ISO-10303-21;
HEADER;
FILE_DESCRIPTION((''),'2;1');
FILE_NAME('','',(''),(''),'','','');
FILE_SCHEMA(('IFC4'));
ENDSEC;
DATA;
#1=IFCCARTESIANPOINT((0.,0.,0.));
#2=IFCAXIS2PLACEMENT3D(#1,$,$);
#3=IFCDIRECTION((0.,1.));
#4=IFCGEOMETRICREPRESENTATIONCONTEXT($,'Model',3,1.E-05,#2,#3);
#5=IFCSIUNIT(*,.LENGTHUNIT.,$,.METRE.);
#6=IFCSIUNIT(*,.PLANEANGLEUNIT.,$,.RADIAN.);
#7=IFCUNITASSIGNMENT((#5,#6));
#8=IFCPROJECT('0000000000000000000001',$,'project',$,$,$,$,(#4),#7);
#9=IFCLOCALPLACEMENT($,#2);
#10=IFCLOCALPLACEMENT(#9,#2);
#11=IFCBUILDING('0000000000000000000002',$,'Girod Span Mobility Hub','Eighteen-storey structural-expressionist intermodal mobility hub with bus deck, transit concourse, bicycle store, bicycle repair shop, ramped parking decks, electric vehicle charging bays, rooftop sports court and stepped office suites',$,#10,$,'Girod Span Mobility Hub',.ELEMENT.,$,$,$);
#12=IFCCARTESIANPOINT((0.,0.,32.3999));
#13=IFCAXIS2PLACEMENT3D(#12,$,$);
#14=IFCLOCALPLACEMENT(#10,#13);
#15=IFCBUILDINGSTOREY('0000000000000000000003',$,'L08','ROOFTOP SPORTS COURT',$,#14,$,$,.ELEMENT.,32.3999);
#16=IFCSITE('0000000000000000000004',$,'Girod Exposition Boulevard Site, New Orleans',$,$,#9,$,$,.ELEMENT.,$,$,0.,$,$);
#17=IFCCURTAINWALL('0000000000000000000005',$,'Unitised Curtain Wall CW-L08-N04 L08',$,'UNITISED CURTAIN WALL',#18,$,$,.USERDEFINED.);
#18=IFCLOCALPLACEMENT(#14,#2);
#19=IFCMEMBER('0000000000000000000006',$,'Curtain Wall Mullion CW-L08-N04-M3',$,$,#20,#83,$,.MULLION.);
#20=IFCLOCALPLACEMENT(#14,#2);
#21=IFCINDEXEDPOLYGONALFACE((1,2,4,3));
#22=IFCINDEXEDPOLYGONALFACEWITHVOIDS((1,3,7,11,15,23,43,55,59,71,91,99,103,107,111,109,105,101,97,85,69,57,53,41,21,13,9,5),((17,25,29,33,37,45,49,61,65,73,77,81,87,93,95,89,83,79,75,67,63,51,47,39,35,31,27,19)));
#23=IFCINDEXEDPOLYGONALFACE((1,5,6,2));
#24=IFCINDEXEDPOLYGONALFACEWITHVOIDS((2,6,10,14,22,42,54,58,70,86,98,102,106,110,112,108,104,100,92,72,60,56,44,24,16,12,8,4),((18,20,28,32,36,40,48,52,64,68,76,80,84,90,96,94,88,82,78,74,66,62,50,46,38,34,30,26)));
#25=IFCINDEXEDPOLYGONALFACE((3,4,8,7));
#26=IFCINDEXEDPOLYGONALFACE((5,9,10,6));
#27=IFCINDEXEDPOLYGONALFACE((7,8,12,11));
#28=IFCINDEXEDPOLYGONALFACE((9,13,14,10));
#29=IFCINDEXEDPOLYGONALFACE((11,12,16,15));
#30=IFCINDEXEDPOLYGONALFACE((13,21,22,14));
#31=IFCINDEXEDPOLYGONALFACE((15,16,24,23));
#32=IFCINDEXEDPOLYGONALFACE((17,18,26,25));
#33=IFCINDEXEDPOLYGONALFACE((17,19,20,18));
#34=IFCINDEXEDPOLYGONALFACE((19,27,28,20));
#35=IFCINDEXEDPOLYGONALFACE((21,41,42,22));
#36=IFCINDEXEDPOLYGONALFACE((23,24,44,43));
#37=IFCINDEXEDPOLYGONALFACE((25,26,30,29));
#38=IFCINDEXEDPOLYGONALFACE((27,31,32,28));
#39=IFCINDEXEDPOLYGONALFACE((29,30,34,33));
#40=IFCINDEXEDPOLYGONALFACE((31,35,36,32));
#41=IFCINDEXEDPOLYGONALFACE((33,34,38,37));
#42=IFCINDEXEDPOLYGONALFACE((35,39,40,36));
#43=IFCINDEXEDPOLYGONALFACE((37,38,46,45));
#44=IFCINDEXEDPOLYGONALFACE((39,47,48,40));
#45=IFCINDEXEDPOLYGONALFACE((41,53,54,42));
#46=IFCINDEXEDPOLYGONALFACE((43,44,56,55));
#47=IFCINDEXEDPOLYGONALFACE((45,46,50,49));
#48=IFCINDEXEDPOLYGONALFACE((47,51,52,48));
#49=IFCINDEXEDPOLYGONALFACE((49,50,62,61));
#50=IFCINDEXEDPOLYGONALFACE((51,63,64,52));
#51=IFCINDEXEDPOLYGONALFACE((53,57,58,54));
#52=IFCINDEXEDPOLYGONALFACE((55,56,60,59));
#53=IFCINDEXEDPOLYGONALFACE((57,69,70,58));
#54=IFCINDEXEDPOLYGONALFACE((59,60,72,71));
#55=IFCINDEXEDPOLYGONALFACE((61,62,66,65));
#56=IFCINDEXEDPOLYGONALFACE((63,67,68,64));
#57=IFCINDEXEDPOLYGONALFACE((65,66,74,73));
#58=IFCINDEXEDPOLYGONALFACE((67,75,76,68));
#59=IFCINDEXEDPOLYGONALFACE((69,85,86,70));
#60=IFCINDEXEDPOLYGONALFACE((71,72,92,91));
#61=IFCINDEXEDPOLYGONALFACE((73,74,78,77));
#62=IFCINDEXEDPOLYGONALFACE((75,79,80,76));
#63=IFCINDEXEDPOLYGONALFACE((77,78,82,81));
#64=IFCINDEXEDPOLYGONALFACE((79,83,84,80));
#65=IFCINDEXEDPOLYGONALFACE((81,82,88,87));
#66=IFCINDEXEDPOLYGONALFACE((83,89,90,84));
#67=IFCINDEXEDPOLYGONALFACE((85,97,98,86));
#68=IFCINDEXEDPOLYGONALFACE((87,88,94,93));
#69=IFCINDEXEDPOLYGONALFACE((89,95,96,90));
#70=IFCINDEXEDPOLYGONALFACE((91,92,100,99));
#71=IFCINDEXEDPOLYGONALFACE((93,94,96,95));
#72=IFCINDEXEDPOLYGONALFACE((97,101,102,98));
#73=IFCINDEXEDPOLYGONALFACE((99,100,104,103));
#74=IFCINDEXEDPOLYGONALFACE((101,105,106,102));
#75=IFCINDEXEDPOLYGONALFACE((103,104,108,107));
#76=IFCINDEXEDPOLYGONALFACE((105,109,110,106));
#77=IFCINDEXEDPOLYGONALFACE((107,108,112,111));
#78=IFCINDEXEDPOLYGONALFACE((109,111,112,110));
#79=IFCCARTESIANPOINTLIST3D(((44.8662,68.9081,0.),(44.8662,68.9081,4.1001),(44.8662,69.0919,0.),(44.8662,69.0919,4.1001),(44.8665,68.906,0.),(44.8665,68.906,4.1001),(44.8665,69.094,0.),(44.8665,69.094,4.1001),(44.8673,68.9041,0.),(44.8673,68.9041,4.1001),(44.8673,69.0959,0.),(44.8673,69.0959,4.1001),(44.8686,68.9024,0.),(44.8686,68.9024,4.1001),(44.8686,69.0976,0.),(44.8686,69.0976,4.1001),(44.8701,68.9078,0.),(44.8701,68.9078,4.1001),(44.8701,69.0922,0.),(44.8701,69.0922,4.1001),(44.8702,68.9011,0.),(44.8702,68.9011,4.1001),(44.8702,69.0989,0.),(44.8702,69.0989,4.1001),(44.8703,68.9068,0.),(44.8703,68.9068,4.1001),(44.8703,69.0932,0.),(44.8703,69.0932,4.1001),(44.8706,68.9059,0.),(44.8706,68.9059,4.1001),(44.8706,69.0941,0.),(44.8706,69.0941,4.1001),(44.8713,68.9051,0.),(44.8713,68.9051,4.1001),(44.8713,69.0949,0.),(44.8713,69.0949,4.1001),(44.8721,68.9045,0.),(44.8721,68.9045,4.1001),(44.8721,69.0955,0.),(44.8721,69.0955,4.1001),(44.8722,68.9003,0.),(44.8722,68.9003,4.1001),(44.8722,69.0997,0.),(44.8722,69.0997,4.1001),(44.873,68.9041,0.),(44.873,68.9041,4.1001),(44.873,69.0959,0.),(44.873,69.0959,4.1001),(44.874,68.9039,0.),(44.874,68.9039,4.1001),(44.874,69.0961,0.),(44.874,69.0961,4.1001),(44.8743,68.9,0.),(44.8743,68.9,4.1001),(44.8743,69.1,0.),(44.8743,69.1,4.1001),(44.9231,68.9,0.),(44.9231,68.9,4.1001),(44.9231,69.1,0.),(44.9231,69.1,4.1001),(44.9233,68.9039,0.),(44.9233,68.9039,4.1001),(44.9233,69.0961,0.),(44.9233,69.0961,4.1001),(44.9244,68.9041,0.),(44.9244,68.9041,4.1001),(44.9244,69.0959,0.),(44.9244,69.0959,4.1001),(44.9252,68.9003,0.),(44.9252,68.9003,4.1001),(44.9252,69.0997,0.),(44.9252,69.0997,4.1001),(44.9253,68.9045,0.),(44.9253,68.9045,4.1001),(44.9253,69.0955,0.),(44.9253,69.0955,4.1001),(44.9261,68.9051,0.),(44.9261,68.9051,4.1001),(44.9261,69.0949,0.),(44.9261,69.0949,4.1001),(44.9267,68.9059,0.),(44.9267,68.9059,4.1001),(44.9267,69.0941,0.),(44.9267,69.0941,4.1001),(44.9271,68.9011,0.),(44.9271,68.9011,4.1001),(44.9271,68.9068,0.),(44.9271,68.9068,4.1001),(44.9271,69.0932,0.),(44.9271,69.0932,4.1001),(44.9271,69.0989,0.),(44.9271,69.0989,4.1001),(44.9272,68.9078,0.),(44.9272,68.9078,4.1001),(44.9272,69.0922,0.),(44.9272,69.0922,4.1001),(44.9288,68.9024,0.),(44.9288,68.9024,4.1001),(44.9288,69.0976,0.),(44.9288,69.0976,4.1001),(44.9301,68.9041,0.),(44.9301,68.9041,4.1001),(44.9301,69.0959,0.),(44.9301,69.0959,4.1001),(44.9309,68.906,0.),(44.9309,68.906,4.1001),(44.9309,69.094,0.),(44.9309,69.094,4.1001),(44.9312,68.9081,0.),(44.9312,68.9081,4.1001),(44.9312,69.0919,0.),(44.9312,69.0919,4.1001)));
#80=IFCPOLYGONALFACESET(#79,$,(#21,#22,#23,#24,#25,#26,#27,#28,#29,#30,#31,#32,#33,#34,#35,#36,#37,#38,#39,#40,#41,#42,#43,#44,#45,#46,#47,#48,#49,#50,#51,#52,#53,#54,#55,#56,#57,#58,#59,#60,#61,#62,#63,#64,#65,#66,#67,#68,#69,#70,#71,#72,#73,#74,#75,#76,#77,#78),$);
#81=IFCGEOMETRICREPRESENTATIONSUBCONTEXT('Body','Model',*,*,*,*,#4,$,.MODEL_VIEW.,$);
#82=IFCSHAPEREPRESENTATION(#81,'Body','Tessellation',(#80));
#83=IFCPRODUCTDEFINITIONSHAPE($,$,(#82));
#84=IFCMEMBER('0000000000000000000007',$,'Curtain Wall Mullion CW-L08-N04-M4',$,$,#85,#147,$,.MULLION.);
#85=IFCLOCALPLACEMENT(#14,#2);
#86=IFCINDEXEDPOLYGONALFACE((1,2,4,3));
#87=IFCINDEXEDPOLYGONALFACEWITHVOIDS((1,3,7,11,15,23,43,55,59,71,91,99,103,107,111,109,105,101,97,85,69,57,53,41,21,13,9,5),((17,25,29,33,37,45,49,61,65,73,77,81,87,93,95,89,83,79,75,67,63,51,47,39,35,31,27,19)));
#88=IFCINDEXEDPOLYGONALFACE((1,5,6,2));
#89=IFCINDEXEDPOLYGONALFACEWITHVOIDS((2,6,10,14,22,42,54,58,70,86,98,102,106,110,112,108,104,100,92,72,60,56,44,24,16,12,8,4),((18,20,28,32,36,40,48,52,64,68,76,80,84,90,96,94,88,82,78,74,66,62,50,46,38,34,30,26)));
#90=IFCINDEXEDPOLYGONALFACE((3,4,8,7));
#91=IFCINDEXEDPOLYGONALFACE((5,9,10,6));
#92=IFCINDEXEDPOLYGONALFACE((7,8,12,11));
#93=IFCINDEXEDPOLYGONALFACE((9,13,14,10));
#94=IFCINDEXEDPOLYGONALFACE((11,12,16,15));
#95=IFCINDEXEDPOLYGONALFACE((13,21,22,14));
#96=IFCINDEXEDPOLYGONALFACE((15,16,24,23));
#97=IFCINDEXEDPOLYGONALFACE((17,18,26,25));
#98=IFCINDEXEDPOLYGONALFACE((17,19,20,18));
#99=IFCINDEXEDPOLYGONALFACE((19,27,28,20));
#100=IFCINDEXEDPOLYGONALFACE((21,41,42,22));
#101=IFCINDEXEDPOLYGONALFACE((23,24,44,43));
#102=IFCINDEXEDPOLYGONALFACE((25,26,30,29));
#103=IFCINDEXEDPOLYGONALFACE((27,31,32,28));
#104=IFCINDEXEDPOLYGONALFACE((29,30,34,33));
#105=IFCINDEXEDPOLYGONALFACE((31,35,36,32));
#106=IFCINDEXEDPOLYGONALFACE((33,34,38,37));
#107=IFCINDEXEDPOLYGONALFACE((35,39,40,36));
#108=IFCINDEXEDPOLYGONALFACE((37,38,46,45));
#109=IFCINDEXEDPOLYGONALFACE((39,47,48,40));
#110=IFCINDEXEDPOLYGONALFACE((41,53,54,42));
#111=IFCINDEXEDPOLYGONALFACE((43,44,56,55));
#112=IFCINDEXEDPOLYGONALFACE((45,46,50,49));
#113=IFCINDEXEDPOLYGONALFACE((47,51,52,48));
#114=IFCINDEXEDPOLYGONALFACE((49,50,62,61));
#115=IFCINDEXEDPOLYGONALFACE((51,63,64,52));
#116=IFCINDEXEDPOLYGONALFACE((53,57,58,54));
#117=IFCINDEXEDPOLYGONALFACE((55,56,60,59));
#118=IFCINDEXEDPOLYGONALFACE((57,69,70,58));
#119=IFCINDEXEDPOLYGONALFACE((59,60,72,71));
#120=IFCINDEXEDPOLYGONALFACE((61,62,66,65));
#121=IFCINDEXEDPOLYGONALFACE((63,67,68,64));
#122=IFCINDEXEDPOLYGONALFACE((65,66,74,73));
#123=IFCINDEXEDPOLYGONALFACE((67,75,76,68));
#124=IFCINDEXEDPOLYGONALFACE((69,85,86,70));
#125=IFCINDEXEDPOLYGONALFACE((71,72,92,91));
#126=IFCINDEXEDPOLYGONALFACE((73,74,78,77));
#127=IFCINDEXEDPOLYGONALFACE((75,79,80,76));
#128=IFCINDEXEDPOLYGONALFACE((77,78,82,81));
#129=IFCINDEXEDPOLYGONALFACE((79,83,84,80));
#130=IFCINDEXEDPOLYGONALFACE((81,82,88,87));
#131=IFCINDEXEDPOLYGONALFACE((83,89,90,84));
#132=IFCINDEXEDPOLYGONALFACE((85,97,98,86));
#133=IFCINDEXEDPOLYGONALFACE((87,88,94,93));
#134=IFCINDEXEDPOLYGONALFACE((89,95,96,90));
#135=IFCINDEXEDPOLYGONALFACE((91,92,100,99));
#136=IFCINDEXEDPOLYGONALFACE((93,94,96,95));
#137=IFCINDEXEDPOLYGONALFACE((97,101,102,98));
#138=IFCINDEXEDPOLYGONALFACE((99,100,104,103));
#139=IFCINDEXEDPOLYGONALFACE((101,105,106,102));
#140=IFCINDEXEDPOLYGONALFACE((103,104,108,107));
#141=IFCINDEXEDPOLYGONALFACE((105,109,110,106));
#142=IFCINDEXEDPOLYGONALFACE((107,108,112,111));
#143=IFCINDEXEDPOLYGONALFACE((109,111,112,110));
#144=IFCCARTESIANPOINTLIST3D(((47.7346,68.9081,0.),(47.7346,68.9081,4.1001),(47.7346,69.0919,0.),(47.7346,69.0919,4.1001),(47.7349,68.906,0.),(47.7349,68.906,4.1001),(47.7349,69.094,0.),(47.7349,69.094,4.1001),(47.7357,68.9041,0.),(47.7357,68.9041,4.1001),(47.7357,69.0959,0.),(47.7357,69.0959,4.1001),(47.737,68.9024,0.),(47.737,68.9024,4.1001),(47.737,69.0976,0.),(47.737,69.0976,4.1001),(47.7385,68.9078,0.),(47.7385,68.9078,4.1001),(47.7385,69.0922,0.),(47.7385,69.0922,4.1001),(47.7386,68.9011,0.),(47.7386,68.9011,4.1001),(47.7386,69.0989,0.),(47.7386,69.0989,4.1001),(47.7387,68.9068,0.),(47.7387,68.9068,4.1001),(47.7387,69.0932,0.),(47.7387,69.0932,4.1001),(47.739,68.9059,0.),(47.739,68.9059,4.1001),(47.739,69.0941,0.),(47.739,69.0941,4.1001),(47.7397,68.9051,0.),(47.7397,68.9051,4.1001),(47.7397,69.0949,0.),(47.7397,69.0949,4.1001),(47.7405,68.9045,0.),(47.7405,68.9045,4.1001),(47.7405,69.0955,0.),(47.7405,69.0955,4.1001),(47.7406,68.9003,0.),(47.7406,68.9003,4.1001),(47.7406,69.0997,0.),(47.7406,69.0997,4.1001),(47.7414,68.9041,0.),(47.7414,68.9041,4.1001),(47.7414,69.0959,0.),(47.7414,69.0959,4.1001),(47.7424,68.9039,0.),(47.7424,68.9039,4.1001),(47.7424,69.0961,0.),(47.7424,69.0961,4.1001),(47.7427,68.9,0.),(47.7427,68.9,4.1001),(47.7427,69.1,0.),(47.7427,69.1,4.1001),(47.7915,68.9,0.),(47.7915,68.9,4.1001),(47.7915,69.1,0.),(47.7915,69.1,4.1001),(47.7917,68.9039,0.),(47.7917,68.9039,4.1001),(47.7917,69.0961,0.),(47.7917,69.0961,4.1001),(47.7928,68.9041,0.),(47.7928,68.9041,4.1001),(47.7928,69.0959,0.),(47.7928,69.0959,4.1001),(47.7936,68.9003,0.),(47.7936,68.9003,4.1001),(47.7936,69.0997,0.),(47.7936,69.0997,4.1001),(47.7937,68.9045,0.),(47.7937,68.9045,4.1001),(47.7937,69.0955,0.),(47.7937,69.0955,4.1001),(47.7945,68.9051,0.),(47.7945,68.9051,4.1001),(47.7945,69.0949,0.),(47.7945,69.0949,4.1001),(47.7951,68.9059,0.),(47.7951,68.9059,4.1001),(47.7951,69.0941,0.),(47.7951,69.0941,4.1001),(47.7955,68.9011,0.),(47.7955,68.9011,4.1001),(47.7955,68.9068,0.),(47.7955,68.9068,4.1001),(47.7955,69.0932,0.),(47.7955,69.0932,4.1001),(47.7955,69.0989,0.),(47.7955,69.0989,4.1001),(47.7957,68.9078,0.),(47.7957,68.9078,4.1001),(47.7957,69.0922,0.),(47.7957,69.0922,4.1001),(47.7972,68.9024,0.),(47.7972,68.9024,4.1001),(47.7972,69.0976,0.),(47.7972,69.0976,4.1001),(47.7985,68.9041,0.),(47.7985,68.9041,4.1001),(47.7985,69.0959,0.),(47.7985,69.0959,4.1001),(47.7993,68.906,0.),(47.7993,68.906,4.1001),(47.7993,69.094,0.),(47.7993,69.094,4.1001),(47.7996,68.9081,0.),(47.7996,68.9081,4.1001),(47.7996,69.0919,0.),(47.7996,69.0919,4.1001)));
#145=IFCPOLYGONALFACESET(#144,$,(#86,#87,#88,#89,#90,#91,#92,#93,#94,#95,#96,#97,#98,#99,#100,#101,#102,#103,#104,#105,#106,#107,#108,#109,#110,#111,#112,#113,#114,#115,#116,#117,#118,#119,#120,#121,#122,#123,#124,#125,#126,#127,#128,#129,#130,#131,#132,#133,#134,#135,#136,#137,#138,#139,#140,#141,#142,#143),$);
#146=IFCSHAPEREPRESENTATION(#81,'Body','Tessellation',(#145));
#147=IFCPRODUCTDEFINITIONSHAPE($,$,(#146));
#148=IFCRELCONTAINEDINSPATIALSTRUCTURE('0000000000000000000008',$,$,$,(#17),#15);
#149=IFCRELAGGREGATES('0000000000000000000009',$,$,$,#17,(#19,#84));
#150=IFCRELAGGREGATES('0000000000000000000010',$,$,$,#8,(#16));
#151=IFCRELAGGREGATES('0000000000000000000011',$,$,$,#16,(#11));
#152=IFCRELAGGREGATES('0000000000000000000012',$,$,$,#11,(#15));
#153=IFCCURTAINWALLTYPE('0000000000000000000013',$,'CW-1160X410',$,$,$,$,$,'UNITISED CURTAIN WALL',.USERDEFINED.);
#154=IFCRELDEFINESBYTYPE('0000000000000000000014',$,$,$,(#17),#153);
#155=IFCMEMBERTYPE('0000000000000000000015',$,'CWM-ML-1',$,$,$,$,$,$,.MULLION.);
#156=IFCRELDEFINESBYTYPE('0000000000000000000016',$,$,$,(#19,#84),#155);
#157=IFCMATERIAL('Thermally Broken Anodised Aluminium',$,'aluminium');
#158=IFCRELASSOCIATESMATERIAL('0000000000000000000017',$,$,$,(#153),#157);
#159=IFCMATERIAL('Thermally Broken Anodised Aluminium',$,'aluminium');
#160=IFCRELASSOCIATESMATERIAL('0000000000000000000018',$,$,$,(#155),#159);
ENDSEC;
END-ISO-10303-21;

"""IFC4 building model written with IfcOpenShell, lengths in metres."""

from ifc_helpers import new_model, si_unit, direction, frame, origin, origin_2d, place, context, subcontext, project, spatial, hollow_rectangle, extrude, material, material_profile, profile_set, type_object, element, aggregate, save


model = new_model("IFC4")

# Units and contexts
model_context = context("Model", 3, precision=1e-05, world=origin(), true_north=direction((0.0, 1.0)))
body_context = subcontext(model_context, "Body", "Model", "MODEL_VIEW")
ifc_project = project(units=[si_unit("LENGTHUNIT", "METRE"), si_unit("PLANEANGLEUNIT", "RADIAN")], contexts=[model_context])

# Site, building, storey
site_placement = place(None, origin())
site = spatial("IfcSite", under=ifc_project, at=site_placement, Name="Girod Exposition Boulevard Site, New Orleans", CompositionType="ELEMENT", RefElevation=0.0)
building_placement = place(site_placement, origin())
building = spatial("IfcBuilding", under=site, at=building_placement, Name="Girod Span Mobility Hub", Description="Eighteen-storey structural-expressionist intermodal mobility hub with bus deck, transit concourse, bicycle store, bicycle repair shop, ramped parking decks, electric vehicle charging bays, rooftop sports court and stepped office suites", LongName="Girod Span Mobility Hub", CompositionType="ELEMENT")
storey_placement = place(building_placement, frame((0.0, 0.0, 32.3999)))
storey = spatial("IfcBuildingStorey", under=building, at=storey_placement, Name="L08", Description="ROOFTOP SPORTS COURT", CompositionType="ELEMENT", Elevation=32.3999)

# Curtain wall, members
ifc_material_1 = material(Name="Thermally Broken Anodised Aluminium", Category="aluminium")
curtain_wall_type = type_object("IfcCurtainWallType", Name="CW-1160X410", ElementType="UNITISED CURTAIN WALL", PredefinedType="USERDEFINED", material=ifc_material_1)
curtain_wall_placement = place(storey_placement, origin())
curtain_wall = element("IfcCurtainWall", 1, at=curtain_wall_placement, inside=storey, type_object=curtain_wall_type, Name="Unitised Curtain Wall CW-L08-N04 L08", ObjectType="UNITISED CURTAIN WALL", PredefinedType="USERDEFINED")
ifc_material_2 = material(Name="Thermally Broken Anodised Aluminium", Category="aluminium")
ifc_material_profile_1 = material_profile(ifc_material_2, hollow_rectangle(XDim=0.2, YDim=0.0649, WallThickness=0.0039, InnerFilletRadius=0.0039, OuterFilletRadius=0.0081, at=origin_2d()), Name="CW-ML-65X200")
ifc_profile_set_1 = profile_set([ifc_material_profile_1], Name="Thermally Broken Anodised Aluminium")
member_type_1 = type_object("IfcMemberType", Name="CWM-ML-1", PredefinedType="MULLION", material=ifc_profile_set_1)
member_1_placement = place(storey_placement, frame((44.8987, 69.0, 0.0), z_axis=(0.0, 0.0, 1.0), x_axis=(0.0, 1.0, 0.0)))
member_1 = element("IfcMember", 2, at=member_1_placement, type_object=member_type_1, Name="Curtain Wall Mullion CW-L08-N04-M3", PredefinedType="MULLION", context=body_context, shape_type="SweptSolid", body=[
    extrude(hollow_rectangle(XDim=0.2, YDim=0.0649, WallThickness=0.0039, InnerFilletRadius=0.0039, OuterFilletRadius=0.0081, at=origin_2d()), origin(), (0.0, 0.0, 1.0), 4.1001),
])
member_2_placement = place(storey_placement, frame((47.7671, 69.0, 0.0), z_axis=(0.0, 0.0, 1.0), x_axis=(0.0, 1.0, 0.0)))
member_2 = element("IfcMember", 3, at=member_2_placement, type_object=member_type_1, Name="Curtain Wall Mullion CW-L08-N04-M4", PredefinedType="MULLION", context=body_context, shape_type="SweptSolid", body=[
    extrude(hollow_rectangle(XDim=0.2, YDim=0.0649, WallThickness=0.0039, InnerFilletRadius=0.0039, OuterFilletRadius=0.0081, at=origin_2d()), origin(), (0.0, 0.0, 1.0), 4.1001),
])

aggregate(curtain_wall, [member_1, member_2])

save(model, "model.ifc")
